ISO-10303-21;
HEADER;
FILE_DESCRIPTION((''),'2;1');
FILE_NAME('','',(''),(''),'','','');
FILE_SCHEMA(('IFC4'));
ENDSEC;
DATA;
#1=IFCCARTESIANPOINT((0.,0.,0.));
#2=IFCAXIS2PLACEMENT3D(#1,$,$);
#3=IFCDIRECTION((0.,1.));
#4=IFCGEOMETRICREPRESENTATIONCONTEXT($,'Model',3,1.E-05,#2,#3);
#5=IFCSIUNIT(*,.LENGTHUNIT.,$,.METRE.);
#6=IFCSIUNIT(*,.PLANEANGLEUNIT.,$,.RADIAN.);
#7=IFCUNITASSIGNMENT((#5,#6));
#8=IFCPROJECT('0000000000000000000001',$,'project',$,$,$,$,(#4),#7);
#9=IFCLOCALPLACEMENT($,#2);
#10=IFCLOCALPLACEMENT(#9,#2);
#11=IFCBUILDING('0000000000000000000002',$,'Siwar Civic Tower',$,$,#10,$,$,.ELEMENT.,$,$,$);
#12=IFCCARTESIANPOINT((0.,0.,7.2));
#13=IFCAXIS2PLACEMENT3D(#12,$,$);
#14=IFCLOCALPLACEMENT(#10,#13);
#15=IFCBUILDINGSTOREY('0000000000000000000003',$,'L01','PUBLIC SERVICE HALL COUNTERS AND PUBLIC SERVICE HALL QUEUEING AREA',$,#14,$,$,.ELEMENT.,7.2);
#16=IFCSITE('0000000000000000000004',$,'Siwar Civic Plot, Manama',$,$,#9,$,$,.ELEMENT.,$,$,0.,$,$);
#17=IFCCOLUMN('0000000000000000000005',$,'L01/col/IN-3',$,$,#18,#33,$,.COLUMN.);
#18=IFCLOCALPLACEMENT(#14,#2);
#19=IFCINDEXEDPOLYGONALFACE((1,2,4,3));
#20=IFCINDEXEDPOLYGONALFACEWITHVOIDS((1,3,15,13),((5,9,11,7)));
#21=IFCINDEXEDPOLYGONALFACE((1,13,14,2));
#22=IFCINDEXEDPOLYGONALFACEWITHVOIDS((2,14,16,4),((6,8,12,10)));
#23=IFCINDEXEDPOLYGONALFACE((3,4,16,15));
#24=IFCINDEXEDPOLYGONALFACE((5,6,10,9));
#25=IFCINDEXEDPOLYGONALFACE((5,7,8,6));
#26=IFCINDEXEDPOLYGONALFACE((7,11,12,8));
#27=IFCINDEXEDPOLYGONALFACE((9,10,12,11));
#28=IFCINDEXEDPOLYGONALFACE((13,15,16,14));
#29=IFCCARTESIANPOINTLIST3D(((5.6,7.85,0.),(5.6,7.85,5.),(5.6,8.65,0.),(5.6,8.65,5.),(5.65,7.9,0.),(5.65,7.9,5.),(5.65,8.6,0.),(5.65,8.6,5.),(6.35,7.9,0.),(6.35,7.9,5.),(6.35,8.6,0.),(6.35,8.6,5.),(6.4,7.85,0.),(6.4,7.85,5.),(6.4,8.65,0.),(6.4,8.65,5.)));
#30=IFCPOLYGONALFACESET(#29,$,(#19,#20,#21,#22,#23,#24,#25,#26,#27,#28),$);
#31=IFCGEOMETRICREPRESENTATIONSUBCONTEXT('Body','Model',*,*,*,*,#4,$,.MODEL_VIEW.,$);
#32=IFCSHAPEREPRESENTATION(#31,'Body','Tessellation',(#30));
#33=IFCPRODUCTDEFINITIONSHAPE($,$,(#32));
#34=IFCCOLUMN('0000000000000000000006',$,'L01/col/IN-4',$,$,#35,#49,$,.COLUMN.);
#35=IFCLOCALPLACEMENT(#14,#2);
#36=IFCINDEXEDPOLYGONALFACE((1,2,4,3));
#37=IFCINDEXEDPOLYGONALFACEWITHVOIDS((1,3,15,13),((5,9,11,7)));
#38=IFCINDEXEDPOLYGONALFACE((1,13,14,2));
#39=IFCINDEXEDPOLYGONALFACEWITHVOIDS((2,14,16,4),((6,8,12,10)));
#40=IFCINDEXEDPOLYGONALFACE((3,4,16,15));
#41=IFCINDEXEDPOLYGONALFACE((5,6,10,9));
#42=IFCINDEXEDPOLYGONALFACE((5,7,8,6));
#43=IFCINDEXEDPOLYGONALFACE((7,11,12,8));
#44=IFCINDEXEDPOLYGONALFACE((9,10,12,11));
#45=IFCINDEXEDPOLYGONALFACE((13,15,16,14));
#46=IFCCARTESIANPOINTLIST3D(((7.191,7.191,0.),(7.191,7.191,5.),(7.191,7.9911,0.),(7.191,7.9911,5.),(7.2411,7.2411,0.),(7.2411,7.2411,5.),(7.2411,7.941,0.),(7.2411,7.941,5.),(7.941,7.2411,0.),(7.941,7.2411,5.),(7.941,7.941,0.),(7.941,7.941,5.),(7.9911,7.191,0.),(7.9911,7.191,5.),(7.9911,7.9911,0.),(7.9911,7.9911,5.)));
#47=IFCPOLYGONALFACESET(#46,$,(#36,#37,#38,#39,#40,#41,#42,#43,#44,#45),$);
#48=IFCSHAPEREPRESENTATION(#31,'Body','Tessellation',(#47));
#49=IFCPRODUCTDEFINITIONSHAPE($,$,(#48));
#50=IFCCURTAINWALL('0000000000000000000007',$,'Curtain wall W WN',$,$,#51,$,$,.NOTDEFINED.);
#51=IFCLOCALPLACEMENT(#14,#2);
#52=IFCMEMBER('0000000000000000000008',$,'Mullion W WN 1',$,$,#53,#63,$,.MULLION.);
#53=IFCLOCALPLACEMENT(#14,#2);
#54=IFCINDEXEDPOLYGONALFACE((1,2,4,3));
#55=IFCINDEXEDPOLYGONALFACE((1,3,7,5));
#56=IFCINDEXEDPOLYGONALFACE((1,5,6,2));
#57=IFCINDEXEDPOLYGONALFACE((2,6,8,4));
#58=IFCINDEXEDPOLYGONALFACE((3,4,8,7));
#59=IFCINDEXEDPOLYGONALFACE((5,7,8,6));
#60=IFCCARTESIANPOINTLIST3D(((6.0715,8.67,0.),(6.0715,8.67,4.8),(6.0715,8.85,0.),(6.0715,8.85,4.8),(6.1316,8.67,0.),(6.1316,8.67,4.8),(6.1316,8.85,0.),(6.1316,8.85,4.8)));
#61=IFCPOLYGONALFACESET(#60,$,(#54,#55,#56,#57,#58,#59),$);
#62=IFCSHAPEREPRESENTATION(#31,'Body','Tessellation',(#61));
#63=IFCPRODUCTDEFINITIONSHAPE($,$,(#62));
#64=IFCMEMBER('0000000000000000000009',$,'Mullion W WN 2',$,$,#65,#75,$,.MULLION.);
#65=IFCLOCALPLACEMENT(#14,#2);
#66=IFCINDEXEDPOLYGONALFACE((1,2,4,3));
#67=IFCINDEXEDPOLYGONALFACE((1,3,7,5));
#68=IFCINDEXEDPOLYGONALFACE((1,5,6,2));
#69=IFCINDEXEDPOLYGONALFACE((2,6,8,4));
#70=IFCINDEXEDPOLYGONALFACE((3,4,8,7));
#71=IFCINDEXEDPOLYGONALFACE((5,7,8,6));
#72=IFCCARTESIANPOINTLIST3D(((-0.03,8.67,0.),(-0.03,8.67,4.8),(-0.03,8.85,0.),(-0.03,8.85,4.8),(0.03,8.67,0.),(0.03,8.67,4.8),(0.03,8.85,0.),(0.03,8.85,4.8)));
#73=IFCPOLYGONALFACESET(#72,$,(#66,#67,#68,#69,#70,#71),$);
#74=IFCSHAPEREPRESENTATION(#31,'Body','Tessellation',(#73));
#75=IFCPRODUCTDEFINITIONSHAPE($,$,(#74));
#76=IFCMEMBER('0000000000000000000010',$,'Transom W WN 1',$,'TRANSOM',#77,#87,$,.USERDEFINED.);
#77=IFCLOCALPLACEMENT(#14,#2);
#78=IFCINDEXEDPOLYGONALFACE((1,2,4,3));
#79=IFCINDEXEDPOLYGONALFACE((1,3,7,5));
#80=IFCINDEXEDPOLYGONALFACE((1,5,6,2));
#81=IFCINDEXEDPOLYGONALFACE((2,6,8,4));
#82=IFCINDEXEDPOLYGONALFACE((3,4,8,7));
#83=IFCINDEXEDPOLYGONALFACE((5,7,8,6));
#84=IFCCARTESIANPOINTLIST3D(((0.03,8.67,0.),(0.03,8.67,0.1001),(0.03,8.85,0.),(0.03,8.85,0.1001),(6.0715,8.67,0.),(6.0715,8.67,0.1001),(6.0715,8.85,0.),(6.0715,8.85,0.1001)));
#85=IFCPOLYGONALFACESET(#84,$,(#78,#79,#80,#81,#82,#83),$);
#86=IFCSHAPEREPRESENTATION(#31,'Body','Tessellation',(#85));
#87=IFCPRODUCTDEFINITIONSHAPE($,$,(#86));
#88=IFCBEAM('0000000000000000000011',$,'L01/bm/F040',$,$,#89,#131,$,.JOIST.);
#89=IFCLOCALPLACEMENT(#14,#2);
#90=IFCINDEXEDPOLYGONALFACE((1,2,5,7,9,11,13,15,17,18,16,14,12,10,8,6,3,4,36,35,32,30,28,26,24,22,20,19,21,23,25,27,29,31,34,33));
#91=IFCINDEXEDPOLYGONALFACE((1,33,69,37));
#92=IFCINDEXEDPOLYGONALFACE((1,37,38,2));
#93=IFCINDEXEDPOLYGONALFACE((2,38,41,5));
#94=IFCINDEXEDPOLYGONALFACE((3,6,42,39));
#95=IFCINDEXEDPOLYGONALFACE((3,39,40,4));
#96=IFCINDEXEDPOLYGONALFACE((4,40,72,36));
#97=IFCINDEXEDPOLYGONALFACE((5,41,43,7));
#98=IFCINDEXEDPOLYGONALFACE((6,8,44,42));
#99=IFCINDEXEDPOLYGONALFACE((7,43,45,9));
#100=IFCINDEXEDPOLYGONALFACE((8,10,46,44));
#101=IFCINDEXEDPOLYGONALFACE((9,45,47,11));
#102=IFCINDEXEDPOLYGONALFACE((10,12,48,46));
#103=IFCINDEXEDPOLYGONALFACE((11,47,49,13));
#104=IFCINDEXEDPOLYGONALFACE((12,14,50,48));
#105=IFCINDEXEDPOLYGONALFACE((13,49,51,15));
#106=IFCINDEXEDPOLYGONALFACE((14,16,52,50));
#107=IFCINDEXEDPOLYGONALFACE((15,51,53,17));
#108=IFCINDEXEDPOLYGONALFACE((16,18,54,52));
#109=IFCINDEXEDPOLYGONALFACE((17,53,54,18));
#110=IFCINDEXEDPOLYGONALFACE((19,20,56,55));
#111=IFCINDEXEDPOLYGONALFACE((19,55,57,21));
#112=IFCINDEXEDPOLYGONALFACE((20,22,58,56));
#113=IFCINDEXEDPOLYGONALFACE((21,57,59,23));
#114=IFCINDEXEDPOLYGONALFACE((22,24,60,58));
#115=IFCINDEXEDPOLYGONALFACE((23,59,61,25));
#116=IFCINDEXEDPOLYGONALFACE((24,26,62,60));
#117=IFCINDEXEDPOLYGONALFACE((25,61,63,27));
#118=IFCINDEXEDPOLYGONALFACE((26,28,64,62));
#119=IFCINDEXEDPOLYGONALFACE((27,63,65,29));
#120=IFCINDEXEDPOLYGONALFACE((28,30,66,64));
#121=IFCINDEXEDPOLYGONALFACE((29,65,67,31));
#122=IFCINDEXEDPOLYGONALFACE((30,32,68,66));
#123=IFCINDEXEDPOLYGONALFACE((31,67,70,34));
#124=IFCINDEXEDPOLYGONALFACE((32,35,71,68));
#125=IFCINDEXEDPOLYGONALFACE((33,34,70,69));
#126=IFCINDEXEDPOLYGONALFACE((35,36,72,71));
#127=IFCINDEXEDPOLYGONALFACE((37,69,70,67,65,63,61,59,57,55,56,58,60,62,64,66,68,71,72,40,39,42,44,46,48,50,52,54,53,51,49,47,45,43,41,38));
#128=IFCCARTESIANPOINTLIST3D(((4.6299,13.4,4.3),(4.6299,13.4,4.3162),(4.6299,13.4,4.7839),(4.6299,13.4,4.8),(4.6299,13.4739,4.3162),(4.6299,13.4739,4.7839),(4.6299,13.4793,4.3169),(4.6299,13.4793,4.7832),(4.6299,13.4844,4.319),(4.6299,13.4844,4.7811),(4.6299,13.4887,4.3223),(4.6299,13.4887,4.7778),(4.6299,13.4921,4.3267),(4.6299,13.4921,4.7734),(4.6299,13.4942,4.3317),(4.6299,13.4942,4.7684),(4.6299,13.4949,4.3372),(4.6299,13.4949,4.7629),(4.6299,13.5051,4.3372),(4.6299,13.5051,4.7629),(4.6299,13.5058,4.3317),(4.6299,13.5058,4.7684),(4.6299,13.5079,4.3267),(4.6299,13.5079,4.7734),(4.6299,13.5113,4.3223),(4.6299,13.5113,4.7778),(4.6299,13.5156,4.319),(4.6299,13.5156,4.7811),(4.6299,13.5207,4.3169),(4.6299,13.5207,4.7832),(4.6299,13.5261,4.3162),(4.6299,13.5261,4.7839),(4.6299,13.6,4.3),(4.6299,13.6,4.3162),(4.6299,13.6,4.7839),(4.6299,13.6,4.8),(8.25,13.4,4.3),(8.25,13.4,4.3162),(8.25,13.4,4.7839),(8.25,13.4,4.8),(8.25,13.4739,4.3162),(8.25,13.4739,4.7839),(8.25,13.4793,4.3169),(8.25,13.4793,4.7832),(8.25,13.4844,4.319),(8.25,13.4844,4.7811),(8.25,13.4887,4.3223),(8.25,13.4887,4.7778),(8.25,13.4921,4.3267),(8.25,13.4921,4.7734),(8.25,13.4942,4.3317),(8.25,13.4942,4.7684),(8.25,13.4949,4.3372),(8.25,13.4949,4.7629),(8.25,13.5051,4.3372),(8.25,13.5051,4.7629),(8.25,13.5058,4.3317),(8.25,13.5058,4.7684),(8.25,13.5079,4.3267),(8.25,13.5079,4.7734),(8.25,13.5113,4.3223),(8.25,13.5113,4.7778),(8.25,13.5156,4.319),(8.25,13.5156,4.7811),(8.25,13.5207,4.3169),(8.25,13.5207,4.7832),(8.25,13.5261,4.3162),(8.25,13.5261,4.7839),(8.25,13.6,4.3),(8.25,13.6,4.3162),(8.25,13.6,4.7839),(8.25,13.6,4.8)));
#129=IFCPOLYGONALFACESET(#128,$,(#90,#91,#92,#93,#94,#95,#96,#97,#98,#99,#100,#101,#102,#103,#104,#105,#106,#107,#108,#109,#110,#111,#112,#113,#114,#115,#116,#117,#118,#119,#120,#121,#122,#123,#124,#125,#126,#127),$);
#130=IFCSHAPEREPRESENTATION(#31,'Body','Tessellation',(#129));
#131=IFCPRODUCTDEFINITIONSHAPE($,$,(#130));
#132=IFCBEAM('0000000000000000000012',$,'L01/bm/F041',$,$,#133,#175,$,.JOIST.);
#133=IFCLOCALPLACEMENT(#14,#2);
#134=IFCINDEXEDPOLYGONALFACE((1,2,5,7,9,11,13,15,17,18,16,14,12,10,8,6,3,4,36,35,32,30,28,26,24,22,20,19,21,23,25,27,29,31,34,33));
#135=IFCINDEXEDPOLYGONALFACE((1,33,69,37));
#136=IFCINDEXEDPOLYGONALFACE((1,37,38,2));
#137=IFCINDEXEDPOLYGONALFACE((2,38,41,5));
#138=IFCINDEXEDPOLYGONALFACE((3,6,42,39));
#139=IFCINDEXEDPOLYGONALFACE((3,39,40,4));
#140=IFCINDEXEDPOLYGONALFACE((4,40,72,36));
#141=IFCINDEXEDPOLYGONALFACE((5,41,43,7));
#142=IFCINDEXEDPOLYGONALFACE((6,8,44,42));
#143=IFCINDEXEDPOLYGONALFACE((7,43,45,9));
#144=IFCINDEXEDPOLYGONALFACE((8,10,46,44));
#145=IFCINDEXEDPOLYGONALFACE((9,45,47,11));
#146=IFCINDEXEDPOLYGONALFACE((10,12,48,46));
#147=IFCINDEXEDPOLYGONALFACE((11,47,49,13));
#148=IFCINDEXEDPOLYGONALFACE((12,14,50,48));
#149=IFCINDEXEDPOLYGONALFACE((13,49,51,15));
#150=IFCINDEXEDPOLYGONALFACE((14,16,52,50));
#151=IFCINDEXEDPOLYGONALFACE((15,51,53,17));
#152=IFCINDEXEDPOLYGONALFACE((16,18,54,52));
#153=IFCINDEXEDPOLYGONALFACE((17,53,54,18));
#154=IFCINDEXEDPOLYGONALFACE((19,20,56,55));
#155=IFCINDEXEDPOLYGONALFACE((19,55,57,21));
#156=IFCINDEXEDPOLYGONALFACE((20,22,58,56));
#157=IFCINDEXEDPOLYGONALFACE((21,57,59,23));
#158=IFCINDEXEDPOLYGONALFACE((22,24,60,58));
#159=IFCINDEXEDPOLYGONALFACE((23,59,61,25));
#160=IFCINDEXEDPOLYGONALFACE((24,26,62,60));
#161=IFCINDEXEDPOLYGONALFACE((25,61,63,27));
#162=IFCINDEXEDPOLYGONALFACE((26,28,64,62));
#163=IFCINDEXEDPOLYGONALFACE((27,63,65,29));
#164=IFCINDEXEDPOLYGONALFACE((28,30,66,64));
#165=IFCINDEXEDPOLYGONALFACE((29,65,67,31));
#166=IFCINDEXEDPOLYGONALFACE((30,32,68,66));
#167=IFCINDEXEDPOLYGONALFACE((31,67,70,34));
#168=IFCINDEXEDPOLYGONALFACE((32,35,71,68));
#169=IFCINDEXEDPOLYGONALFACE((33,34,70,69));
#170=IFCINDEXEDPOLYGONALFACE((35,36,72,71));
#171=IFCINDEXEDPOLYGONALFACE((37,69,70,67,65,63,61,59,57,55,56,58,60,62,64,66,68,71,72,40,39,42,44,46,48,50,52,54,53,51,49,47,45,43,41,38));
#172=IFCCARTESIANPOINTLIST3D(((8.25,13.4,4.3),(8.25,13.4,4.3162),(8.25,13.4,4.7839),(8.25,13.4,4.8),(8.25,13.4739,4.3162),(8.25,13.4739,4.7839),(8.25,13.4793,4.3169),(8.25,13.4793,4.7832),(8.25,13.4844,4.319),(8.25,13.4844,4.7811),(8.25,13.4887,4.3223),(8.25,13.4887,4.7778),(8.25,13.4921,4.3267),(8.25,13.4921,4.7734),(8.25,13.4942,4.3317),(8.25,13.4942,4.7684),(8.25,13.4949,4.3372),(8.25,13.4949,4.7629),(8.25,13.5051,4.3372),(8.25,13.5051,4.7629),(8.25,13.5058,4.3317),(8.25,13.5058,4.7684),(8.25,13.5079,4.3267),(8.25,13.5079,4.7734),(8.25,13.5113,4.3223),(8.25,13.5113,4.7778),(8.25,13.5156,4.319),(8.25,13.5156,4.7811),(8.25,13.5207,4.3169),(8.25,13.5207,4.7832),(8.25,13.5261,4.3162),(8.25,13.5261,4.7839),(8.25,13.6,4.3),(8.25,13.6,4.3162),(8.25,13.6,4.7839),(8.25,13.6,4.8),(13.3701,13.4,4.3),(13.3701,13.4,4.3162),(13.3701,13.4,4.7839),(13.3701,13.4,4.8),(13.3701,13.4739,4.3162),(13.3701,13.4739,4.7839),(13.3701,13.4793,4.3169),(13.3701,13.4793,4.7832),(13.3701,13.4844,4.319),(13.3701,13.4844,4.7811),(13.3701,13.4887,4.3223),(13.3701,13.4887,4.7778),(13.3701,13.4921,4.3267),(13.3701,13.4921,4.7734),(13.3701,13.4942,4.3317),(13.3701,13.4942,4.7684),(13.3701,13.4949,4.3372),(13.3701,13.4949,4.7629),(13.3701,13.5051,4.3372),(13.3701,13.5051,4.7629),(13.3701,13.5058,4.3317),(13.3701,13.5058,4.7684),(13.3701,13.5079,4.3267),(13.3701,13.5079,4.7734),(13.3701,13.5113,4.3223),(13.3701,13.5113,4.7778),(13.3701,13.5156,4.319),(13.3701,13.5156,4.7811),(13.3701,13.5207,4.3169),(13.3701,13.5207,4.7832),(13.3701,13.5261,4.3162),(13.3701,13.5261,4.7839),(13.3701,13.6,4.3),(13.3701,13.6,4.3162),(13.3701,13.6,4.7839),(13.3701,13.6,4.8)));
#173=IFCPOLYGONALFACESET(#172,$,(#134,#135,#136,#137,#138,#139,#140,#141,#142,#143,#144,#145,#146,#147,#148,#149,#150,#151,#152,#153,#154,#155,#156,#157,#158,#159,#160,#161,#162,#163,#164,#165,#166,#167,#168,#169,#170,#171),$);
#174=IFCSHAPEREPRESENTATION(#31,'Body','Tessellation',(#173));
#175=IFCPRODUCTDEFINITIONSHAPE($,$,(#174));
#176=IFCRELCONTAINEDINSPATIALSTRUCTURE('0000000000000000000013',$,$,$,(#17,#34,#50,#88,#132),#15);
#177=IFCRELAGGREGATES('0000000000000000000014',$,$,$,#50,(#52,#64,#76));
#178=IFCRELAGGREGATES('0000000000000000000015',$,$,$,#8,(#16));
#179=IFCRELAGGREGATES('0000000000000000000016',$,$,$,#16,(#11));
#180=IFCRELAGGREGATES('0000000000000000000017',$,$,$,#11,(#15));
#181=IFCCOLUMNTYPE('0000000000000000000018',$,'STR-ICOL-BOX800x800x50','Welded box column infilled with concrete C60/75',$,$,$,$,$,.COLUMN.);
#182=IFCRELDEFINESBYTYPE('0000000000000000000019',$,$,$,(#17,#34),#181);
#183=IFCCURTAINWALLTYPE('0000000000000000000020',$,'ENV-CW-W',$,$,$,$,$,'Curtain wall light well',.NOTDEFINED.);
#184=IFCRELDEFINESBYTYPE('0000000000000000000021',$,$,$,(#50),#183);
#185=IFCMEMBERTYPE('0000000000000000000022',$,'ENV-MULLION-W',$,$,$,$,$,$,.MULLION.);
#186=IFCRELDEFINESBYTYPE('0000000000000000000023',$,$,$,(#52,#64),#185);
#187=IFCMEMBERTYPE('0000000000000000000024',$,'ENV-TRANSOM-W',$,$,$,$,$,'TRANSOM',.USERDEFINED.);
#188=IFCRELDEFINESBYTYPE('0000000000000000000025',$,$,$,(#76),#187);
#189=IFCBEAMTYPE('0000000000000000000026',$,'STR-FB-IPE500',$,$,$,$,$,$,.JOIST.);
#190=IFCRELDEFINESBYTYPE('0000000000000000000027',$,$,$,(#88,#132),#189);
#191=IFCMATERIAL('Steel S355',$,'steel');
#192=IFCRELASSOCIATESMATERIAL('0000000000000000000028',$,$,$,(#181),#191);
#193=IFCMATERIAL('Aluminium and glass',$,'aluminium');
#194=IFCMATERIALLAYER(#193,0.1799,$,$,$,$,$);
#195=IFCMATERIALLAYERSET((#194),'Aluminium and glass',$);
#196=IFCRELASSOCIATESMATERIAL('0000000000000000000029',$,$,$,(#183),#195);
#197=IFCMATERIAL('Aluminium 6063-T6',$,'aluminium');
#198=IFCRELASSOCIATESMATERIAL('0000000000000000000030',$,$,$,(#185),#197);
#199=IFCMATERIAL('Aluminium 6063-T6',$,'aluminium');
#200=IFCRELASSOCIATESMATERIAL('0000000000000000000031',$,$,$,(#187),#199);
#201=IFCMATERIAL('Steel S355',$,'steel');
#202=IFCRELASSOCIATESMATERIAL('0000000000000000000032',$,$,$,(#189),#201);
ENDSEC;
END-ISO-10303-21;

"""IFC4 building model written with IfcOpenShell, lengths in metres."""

from ifc_helpers import new_model, si_unit, direction, frame, origin, origin_2d, place, context, subcontext, project, spatial, rectangle, hollow_rectangle, i_section, extrude, material, layer, layer_set, material_profile, profile_set, type_object, element, aggregate, save


model = new_model("IFC4")

# Units and contexts
model_context = context("Model", 3, precision=1e-05, world=origin(), true_north=direction((0.0, 1.0)))
body_context = subcontext(model_context, "Body", "Model", "MODEL_VIEW")
ifc_project = project(units=[si_unit("LENGTHUNIT", "METRE"), si_unit("PLANEANGLEUNIT", "RADIAN")], contexts=[model_context])

# Site, building, storey
site_placement = place(None, origin())
site = spatial("IfcSite", under=ifc_project, at=site_placement, Name="Siwar Civic Plot, Manama", CompositionType="ELEMENT", RefElevation=0.0)
building_placement = place(site_placement, origin())
building = spatial("IfcBuilding", under=site, at=building_placement, Name="Siwar Civic Tower", CompositionType="ELEMENT")
storey_placement = place(building_placement, frame((0.0, 0.0, 7.2)))
storey = spatial("IfcBuildingStorey", under=building, at=storey_placement, Name="L01", Description="PUBLIC SERVICE HALL COUNTERS AND PUBLIC SERVICE HALL QUEUEING AREA", CompositionType="ELEMENT", Elevation=7.2)

# Columns
ifc_material_1 = material(Name="Steel S355", Category="steel")
ifc_material_profile_1 = material_profile(ifc_material_1, hollow_rectangle(XDim=0.8, YDim=0.8, WallThickness=0.05, at=origin_2d()), Name="BOX800x800x50")
ifc_profile_set_1 = profile_set([ifc_material_profile_1], Name="Steel S355")
column_type = type_object("IfcColumnType", Name="STR-ICOL-BOX800x800x50", Description="Welded box column infilled with concrete C60/75", PredefinedType="COLUMN", material=ifc_profile_set_1)
for number, where, z_axis, x_axis, name in (
    (1, (6.0, 8.25, 0.0), (0.0, 0.0, 1.0), (1.0, 0.0, 0.0), "L01/col/IN-3"),
    (2, (7.5911, 7.5911, 0.0), (0.0, 0.0, 1.0), (1.0, 0.0, 0.0), "L01/col/IN-4"),
):
    element("IfcColumn", number, at=place(storey_placement, frame(where, z_axis=z_axis, x_axis=x_axis)), inside=storey, type_object=column_type, Name=name, PredefinedType="COLUMN", context=body_context, shape_type="SweptSolid", body=[
        extrude(hollow_rectangle(XDim=0.8, YDim=0.8, WallThickness=0.05, at=origin_2d()), origin(), (0.0, 0.0, 1.0), 5.0),
    ])

# Curtain wall, members
ifc_material_2 = material(Name="Aluminium and glass", Category="aluminium")
ifc_layer_1 = layer(ifc_material_2, 0.1799)
ifc_layer_set_1 = layer_set([ifc_layer_1], Name="Aluminium and glass")
curtain_wall_type = type_object("IfcCurtainWallType", Name="ENV-CW-W", ElementType="Curtain wall light well", PredefinedType="NOTDEFINED", material=ifc_layer_set_1)
curtain_wall_placement = place(storey_placement, origin())
curtain_wall = element("IfcCurtainWall", 3, at=curtain_wall_placement, inside=storey, type_object=curtain_wall_type, Name="Curtain wall W WN", PredefinedType="NOTDEFINED")
ifc_material_3 = material(Name="Aluminium 6063-T6", Category="aluminium")
ifc_material_profile_2 = material_profile(ifc_material_3, rectangle(XDim=0.1799, YDim=0.0601, at=origin_2d()), Name="AL 180x60")
ifc_profile_set_2 = profile_set([ifc_material_profile_2], Name="Aluminium 6063-T6")
member_type_1 = type_object("IfcMemberType", Name="ENV-MULLION-W", PredefinedType="MULLION", material=ifc_profile_set_2)
member_1_placement = place(storey_placement, frame((6.1016, 8.76, 0.0), z_axis=(0.0, 0.0, 1.0), x_axis=(0.0, -1.0, 0.0)))
member_1 = element("IfcMember", 4, at=member_1_placement, type_object=member_type_1, Name="Mullion W WN 1", PredefinedType="MULLION", context=body_context, shape_type="SweptSolid", body=[
    extrude(rectangle(XDim=0.1799, YDim=0.0601, at=origin_2d()), origin(), (0.0, 0.0, 1.0), 4.8),
])
member_2_placement = place(storey_placement, frame((0.0, 8.76, 0.0), z_axis=(0.0, 0.0, 1.0), x_axis=(0.0, -1.0, 0.0)))
member_2 = element("IfcMember", 5, at=member_2_placement, type_object=member_type_1, Name="Mullion W WN 2", PredefinedType="MULLION", context=body_context, shape_type="SweptSolid", body=[
    extrude(rectangle(XDim=0.1799, YDim=0.0601, at=origin_2d()), origin(), (0.0, 0.0, 1.0), 4.8),
])
ifc_material_4 = material(Name="Aluminium 6063-T6", Category="aluminium")
ifc_material_profile_3 = material_profile(ifc_material_4, rectangle(XDim=0.1799, YDim=0.1001, at=origin_2d()), Name="AL 180x100")
ifc_profile_set_3 = profile_set([ifc_material_profile_3], Name="Aluminium 6063-T6")
member_type_2 = type_object("IfcMemberType", Name="ENV-TRANSOM-W", ElementType="TRANSOM", PredefinedType="USERDEFINED", material=ifc_profile_set_3)
member_3_placement = place(storey_placement, frame((6.0715, 8.76, 0.05), z_axis=(-1.0, 0.0, 0.0), x_axis=(0.0, -1.0, 0.0)))
member_3 = element("IfcMember", 6, at=member_3_placement, type_object=member_type_2, Name="Transom W WN 1", ObjectType="TRANSOM", PredefinedType="USERDEFINED", context=body_context, shape_type="SweptSolid", body=[
    extrude(rectangle(XDim=0.1799, YDim=0.1001, at=origin_2d()), origin(), (0.0, 0.0, 1.0), 6.0415),
])

# Beams
ifc_material_5 = material(Name="Steel S355", Category="steel")
ifc_material_profile_4 = material_profile(ifc_material_5, i_section(OverallWidth=0.2, OverallDepth=0.5, WebThickness=0.0103, FlangeThickness=0.0161, FilletRadius=0.021, at=origin_2d()), Name="IPE500")
ifc_profile_set_4 = profile_set([ifc_material_profile_4], Name="Steel S355")
beam_type_1 = type_object("IfcBeamType", Name="STR-FB-IPE500", PredefinedType="JOIST", material=ifc_profile_set_4)
beam_1_placement = place(storey_placement, frame((4.6299, 13.5, 4.55), z_axis=(1.0, 0.0, 0.0), x_axis=(0.0, 1.0, 0.0)))
element("IfcBeam", 7, at=beam_1_placement, inside=storey, type_object=beam_type_1, Name="L01/bm/F040", PredefinedType="JOIST", context=body_context, shape_type="SweptSolid", body=[
    extrude(i_section(OverallWidth=0.2, OverallDepth=0.5, WebThickness=0.0103, FlangeThickness=0.0161, FilletRadius=0.021, at=origin_2d()), origin(), (0.0, 0.0, 1.0), 3.6201),
])
beam_2_placement = place(storey_placement, frame((8.25, 13.5, 4.55), z_axis=(1.0, 0.0, 0.0), x_axis=(0.0, 1.0, 0.0)))
element("IfcBeam", 8, at=beam_2_placement, inside=storey, type_object=beam_type_1, Name="L01/bm/F041", PredefinedType="JOIST", context=body_context, shape_type="SweptSolid", body=[
    extrude(i_section(OverallWidth=0.2, OverallDepth=0.5, WebThickness=0.0103, FlangeThickness=0.0161, FilletRadius=0.021, at=origin_2d()), origin(), (0.0, 0.0, 1.0), 5.1201),
])

aggregate(curtain_wall, [member_1, member_2, member_3])

save(model, "model.ifc")
